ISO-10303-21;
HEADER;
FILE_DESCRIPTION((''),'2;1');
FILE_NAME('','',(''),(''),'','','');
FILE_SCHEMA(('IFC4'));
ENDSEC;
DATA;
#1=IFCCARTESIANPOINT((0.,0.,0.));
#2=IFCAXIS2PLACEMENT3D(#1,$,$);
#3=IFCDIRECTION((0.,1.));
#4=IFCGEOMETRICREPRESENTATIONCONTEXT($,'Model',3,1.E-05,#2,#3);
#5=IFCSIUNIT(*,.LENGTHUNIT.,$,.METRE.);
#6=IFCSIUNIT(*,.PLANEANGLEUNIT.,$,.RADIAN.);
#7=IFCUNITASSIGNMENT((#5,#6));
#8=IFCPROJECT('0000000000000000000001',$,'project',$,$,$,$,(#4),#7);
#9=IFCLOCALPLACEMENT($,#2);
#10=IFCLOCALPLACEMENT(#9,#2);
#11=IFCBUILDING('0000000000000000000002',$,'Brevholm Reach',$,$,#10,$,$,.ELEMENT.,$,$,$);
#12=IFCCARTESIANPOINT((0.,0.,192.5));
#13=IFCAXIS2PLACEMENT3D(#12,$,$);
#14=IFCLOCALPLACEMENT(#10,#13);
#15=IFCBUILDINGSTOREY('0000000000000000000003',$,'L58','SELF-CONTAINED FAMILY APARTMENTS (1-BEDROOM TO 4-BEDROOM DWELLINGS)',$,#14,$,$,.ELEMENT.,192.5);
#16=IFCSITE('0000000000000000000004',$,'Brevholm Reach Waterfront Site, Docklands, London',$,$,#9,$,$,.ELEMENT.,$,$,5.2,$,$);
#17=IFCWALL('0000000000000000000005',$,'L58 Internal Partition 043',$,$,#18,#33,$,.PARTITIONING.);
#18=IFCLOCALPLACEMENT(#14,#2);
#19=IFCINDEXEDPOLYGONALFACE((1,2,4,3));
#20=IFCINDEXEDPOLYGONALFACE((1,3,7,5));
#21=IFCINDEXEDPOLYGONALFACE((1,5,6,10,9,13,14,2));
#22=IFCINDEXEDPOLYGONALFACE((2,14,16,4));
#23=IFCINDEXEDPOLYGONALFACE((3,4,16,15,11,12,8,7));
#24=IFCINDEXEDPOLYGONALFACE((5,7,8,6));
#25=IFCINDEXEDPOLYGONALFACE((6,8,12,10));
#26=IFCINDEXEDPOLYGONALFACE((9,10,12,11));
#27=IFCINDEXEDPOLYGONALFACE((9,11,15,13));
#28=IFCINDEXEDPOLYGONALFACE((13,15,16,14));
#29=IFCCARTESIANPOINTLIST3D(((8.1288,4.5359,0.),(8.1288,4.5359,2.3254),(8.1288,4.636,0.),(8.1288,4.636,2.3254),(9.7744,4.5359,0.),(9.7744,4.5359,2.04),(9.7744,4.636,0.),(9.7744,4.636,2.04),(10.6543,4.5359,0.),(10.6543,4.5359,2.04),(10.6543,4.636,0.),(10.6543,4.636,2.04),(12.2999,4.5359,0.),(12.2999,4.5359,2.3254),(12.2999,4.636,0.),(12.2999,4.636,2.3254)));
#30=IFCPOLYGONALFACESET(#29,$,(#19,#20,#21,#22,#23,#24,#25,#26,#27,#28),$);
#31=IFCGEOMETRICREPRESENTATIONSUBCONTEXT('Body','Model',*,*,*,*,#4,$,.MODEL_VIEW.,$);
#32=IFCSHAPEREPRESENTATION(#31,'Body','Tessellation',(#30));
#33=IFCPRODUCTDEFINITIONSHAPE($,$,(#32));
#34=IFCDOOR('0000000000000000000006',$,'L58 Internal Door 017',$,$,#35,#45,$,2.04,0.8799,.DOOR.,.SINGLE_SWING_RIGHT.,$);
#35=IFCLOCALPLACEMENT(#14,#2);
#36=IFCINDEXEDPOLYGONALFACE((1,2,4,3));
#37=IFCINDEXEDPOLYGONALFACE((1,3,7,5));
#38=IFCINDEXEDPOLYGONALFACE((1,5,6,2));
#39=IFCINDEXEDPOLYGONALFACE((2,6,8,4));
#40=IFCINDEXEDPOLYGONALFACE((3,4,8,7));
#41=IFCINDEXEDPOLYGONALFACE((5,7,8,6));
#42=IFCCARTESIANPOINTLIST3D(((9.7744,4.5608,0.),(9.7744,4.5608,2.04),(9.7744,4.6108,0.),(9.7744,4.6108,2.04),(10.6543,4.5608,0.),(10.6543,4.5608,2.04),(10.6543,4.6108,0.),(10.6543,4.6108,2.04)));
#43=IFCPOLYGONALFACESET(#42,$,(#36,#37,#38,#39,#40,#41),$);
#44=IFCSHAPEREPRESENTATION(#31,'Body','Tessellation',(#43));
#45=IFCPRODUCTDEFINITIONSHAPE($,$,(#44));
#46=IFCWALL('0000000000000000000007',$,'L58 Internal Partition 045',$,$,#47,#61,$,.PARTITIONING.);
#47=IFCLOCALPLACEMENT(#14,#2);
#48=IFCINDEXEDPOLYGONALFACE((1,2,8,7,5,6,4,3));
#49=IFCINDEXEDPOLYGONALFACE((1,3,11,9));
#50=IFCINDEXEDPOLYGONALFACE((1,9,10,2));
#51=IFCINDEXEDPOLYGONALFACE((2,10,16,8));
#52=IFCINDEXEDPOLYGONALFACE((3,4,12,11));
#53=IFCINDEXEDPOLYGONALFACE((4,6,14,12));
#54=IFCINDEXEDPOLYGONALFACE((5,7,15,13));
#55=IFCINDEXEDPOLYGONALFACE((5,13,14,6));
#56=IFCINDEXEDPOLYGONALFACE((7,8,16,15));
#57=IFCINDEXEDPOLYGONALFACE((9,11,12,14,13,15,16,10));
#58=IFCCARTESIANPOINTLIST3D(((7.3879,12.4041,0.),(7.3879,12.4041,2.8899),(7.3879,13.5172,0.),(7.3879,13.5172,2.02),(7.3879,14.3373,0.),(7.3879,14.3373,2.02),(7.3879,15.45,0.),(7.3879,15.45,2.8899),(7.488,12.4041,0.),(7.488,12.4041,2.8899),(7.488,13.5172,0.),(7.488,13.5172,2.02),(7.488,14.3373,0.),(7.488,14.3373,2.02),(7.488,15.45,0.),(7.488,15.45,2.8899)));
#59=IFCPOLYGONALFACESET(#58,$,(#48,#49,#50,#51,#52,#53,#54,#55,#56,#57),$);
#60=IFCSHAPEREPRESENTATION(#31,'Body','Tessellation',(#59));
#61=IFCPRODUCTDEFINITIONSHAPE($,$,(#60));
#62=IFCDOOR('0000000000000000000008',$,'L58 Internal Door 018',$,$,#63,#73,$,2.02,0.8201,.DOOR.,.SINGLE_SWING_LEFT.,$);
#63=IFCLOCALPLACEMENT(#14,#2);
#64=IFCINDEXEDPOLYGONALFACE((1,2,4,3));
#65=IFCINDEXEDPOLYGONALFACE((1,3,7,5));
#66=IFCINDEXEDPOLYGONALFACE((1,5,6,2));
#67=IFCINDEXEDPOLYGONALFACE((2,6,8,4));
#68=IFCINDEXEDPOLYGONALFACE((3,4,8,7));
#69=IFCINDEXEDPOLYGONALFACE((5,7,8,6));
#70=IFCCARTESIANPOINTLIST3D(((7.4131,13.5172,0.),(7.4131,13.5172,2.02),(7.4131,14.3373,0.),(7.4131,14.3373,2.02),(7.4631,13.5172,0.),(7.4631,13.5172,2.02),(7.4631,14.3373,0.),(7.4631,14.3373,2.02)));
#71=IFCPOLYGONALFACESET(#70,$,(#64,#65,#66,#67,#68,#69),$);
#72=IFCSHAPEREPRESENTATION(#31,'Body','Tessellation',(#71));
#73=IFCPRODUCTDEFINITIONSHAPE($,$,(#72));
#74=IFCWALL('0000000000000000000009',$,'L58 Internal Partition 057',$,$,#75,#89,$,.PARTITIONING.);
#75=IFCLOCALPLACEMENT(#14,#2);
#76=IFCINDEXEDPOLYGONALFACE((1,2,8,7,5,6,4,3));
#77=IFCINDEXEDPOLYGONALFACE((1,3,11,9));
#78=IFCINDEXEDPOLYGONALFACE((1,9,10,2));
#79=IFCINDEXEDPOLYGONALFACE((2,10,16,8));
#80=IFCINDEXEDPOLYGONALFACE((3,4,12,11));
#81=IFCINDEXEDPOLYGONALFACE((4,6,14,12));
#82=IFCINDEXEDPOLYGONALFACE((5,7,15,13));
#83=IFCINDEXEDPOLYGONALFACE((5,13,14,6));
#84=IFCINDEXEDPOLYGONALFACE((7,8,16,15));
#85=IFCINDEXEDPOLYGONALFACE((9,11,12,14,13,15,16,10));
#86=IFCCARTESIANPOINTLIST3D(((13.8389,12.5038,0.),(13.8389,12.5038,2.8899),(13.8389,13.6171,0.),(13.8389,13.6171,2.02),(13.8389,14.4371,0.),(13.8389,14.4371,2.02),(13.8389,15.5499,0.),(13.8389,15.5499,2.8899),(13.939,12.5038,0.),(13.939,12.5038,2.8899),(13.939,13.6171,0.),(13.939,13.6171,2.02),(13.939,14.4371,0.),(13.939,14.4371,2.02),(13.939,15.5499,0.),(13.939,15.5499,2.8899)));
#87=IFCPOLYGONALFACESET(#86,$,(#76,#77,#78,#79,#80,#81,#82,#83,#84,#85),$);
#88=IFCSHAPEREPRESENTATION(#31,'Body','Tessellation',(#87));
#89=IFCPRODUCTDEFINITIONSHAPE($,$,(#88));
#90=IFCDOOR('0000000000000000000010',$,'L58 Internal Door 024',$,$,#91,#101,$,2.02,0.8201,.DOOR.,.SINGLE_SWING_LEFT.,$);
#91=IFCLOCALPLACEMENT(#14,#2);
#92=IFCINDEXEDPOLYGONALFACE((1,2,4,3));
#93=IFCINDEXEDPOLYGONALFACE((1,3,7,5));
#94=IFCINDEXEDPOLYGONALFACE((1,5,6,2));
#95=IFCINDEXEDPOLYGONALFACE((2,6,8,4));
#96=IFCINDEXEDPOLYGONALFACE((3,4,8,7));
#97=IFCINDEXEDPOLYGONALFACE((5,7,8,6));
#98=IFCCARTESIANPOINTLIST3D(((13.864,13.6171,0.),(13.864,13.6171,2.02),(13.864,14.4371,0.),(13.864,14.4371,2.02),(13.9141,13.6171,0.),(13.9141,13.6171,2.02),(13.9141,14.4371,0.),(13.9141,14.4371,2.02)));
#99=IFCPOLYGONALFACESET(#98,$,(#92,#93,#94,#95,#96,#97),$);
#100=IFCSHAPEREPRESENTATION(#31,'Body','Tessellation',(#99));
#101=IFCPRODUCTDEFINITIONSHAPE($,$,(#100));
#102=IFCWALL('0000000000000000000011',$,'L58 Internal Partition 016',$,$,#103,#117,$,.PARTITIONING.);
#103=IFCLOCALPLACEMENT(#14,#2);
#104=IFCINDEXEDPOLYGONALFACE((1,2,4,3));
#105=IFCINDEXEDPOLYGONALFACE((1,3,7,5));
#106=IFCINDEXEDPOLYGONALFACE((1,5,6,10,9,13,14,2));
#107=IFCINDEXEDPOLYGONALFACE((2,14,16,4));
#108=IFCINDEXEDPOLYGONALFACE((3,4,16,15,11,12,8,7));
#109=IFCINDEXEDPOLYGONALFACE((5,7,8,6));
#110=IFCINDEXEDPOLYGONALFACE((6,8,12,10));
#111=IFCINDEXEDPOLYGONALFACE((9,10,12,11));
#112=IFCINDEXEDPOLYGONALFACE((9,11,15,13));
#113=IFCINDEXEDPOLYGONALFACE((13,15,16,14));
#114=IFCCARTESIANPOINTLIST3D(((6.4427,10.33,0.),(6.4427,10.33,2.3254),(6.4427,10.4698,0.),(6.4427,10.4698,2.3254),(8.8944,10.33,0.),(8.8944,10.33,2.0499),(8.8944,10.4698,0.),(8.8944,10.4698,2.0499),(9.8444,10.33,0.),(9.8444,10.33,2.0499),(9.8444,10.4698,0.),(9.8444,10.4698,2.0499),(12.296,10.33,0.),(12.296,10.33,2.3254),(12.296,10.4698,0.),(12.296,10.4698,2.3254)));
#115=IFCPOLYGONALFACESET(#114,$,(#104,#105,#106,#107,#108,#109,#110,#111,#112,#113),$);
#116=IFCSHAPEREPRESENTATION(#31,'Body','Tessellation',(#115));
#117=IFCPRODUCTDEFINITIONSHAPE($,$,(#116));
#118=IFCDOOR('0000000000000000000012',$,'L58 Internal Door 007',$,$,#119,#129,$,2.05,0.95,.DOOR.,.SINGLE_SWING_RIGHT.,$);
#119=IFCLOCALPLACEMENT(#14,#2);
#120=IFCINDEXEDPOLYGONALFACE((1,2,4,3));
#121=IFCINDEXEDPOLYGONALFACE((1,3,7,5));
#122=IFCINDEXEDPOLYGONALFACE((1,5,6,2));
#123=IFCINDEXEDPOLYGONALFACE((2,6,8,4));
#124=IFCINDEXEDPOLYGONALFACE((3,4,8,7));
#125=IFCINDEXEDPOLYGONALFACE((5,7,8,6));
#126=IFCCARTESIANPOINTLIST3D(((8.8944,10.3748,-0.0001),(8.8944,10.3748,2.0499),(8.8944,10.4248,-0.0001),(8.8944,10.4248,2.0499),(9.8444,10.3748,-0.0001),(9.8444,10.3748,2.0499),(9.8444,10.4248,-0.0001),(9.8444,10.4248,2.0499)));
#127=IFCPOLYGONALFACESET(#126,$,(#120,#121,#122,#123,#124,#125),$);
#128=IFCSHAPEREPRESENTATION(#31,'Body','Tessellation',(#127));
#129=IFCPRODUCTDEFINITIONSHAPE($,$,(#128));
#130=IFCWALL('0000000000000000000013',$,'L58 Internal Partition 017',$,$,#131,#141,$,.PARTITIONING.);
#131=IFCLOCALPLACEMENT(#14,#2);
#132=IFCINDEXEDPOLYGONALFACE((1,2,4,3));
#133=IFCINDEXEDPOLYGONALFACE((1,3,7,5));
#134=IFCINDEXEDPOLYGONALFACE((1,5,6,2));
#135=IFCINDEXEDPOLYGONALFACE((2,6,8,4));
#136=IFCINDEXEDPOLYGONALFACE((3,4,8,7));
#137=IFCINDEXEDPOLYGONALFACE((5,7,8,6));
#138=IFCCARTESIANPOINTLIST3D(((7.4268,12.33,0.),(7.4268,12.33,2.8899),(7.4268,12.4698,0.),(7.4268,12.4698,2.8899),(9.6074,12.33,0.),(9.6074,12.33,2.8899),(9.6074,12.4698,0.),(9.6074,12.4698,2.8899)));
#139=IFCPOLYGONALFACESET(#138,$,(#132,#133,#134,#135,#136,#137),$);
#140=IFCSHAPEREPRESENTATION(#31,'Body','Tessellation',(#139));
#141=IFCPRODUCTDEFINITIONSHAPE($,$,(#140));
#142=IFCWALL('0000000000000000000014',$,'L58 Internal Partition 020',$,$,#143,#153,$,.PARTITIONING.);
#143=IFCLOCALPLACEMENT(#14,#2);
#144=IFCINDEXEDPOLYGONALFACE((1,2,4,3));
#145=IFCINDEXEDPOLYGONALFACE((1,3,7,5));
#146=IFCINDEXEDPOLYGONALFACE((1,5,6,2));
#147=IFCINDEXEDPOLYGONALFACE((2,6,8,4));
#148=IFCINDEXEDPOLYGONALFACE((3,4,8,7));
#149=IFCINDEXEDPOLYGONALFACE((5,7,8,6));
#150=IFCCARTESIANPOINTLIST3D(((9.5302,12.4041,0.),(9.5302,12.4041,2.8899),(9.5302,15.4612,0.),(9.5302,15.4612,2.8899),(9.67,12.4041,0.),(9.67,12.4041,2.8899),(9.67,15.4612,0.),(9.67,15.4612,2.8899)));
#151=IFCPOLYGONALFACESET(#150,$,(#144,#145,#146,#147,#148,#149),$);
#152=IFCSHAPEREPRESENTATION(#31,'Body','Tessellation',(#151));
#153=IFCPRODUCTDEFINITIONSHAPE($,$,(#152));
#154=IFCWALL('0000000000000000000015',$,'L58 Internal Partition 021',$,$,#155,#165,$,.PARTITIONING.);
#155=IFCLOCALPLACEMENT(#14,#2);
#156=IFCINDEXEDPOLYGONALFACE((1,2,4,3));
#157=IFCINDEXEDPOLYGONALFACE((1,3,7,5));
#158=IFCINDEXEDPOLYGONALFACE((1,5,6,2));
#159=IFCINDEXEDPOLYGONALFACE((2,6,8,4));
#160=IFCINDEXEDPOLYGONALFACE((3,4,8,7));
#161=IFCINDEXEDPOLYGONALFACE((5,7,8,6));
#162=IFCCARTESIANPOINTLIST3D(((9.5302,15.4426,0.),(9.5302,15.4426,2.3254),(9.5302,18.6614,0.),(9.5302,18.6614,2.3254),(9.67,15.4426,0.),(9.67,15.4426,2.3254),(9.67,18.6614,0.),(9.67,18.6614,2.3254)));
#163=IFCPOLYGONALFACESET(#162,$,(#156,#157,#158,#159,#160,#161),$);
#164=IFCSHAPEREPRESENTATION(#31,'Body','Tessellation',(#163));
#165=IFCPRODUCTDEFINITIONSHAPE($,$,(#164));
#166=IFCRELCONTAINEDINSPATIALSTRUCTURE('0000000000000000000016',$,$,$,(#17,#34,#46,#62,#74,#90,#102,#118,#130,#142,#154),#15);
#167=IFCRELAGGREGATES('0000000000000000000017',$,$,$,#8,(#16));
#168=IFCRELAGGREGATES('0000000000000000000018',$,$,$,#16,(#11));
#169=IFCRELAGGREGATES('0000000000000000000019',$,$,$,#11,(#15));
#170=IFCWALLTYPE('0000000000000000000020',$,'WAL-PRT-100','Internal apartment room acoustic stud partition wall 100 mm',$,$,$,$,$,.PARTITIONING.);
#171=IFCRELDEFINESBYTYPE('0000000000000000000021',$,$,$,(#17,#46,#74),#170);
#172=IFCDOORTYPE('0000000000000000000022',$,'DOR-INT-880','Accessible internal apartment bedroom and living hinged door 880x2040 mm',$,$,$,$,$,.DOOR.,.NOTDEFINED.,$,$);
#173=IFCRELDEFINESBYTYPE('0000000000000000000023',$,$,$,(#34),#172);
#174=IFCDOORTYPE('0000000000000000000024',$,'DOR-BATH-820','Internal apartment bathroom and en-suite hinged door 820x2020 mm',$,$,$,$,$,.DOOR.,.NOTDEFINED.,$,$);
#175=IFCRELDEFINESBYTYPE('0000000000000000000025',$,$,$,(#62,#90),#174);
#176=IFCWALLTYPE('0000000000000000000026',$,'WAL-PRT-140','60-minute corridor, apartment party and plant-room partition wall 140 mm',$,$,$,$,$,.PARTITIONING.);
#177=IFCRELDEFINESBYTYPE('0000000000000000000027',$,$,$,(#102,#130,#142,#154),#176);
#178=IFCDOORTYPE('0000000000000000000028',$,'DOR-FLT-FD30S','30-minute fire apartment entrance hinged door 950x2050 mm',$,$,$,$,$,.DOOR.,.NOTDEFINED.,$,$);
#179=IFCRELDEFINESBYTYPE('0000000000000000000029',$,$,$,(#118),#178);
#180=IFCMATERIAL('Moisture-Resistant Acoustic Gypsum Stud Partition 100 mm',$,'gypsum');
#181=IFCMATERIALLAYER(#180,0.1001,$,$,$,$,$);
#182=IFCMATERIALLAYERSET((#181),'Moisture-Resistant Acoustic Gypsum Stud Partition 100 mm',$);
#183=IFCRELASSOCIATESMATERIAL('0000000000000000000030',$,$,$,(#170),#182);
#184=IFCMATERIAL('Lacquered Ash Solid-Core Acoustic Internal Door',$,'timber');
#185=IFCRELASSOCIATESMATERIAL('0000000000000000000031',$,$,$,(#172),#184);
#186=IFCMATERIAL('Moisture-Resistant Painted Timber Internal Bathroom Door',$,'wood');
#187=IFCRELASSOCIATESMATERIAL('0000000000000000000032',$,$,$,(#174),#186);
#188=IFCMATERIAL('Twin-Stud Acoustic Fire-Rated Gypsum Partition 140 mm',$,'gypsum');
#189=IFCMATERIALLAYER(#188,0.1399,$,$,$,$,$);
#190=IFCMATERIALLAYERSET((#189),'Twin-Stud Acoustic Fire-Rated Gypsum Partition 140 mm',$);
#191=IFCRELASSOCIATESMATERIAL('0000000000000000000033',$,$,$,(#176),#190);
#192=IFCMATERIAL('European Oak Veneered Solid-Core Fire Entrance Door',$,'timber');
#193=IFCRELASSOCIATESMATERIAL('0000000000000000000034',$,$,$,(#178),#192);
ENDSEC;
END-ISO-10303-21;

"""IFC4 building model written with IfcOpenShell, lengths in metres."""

from ifc_helpers import new_model, si_unit, direction, frame, frame_2d, origin, place, context, subcontext, project, spatial, rectangle, extrude, material, layer, layer_set, type_object, element, fill, save


model = new_model("IFC4")

# Units and contexts
model_context = context("Model", 3, precision=1e-05, world=origin(), true_north=direction((0.0, 1.0)))
body_context = subcontext(model_context, "Body", "Model", "MODEL_VIEW")
ifc_project = project(units=[si_unit("LENGTHUNIT", "METRE"), si_unit("PLANEANGLEUNIT", "RADIAN")], contexts=[model_context])

# Site, building, storey
site_placement = place(None, origin())
site = spatial("IfcSite", under=ifc_project, at=site_placement, Name="Brevholm Reach Waterfront Site, Docklands, London", CompositionType="ELEMENT", RefElevation=5.2)
building_placement = place(site_placement, origin())
building = spatial("IfcBuilding", under=site, at=building_placement, Name="Brevholm Reach", CompositionType="ELEMENT")
storey_placement = place(building_placement, frame((0.0, 0.0, 192.5)))
storey = spatial("IfcBuildingStorey", under=building, at=storey_placement, Name="L58", Description="SELF-CONTAINED FAMILY APARTMENTS (1-BEDROOM TO 4-BEDROOM DWELLINGS)", CompositionType="ELEMENT", Elevation=192.5)

# Shared definitions
ifc_material_1 = material(Name="Moisture-Resistant Acoustic Gypsum Stud Partition 100 mm", Category="gypsum")
ifc_layer_1 = layer(ifc_material_1, 0.1001)
ifc_layer_set_1 = layer_set([ifc_layer_1], Name="Moisture-Resistant Acoustic Gypsum Stud Partition 100 mm")
wall_type_1 = type_object("IfcWallType", Name="WAL-PRT-100", Description="Internal apartment room acoustic stud partition wall 100 mm", PredefinedType="PARTITIONING", material=ifc_layer_set_1)

# Walls, openings, doors
wall_1_placement = place(storey_placement, frame((8.1289, 4.5859, 0.0), z_axis=(0.0, 0.0, 1.0), x_axis=(1.0, 0.0, 0.0)))
wall_1 = element("IfcWall", 1, at=wall_1_placement, inside=storey, type_object=wall_type_1, Name="L58 Internal Partition 043", PredefinedType="PARTITIONING", context=body_context, shape_type="SweptSolid", body=[
    extrude(rectangle(XDim=4.1711, YDim=0.1001, at=frame_2d((2.0854, 0.0))), origin(), (0.0, 0.0, 1.0), 2.3254),
])
opening_1_placement = place(wall_1_placement, frame((1.6455, 0.0, 0.0)))
opening_1 = element("IfcOpeningElement", 2, at=opening_1_placement, cuts=wall_1, PredefinedType="OPENING", context=body_context, shape_type="SweptSolid", body=[
    extrude(rectangle(XDim=0.8799, YDim=2.04, at=frame_2d((0.4399, 1.02))), frame((0.0, 0.0601, 0.0), z_axis=(0.0, -1.0, 0.0), x_axis=(1.0, 0.0, 0.0)), (0.0, 0.0, 1.0), 0.1201),
])
ifc_material_2 = material(Name="Lacquered Ash Solid-Core Acoustic Internal Door", Category="timber")
door_type_1 = type_object("IfcDoorType", Name="DOR-INT-880", Description="Accessible internal apartment bedroom and living hinged door 880x2040 mm", OperationType="NOTDEFINED", PredefinedType="DOOR", material=ifc_material_2)
door_1_placement = place(opening_1_placement, origin())
door_1 = element("IfcDoor", 3, at=door_1_placement, inside=storey, type_object=door_type_1, Name="L58 Internal Door 017", OperationType="SINGLE_SWING_RIGHT", OverallHeight=2.04, OverallWidth=0.8799, PredefinedType="DOOR", context=body_context, shape_type="SweptSolid", body=[
    extrude(rectangle(XDim=0.8799, YDim=2.04, at=frame_2d((0.4399, 1.02))), frame((0.0, 0.0249, 0.0), z_axis=(0.0, -1.0, 0.0), x_axis=(1.0, 0.0, 0.0)), (0.0, 0.0, 1.0), 0.05),
])
fill(opening_1, door_1)
wall_2_placement = place(storey_placement, frame((7.438, 12.4041, 0.0), z_axis=(0.0, 0.0, 1.0), x_axis=(0.0, 1.0, 0.0)))
wall_2 = element("IfcWall", 4, at=wall_2_placement, inside=storey, type_object=wall_type_1, Name="L58 Internal Partition 045", PredefinedType="PARTITIONING", context=body_context, shape_type="SweptSolid", body=[
    extrude(rectangle(XDim=3.0459, YDim=0.1001, at=frame_2d((1.5229, 0.0))), origin(), (0.0, 0.0, 1.0), 2.8899),
])
opening_2_placement = place(wall_2_placement, frame((1.113, 0.0, 0.0)))
opening_2 = element("IfcOpeningElement", 5, at=opening_2_placement, cuts=wall_2, PredefinedType="OPENING", context=body_context, shape_type="SweptSolid", body=[
    extrude(rectangle(XDim=0.8201, YDim=2.02, at=frame_2d((0.4102, 1.01))), frame((0.0, 0.0601, 0.0), z_axis=(0.0, -1.0, 0.0), x_axis=(1.0, 0.0, 0.0)), (0.0, 0.0, 1.0), 0.1201),
])
ifc_material_3 = material(Name="Moisture-Resistant Painted Timber Internal Bathroom Door", Category="wood")
door_type_2 = type_object("IfcDoorType", Name="DOR-BATH-820", Description="Internal apartment bathroom and en-suite hinged door 820x2020 mm", OperationType="NOTDEFINED", PredefinedType="DOOR", material=ifc_material_3)
door_2_placement = place(opening_2_placement, origin())
door_2 = element("IfcDoor", 6, at=door_2_placement, inside=storey, type_object=door_type_2, Name="L58 Internal Door 018", OperationType="SINGLE_SWING_LEFT", OverallHeight=2.02, OverallWidth=0.8201, PredefinedType="DOOR", context=body_context, shape_type="SweptSolid", body=[
    extrude(rectangle(XDim=0.8201, YDim=2.02, at=frame_2d((0.4102, 1.01))), frame((0.0, 0.0249, 0.0), z_axis=(0.0, -1.0, 0.0), x_axis=(1.0, 0.0, 0.0)), (0.0, 0.0, 1.0), 0.05),
])
fill(opening_2, door_2)
wall_3_placement = place(storey_placement, frame((13.8889, 12.5039, 0.0), z_axis=(0.0, 0.0, 1.0), x_axis=(0.0, 1.0, 0.0)))
wall_3 = element("IfcWall", 7, at=wall_3_placement, inside=storey, type_object=wall_type_1, Name="L58 Internal Partition 057", PredefinedType="PARTITIONING", context=body_context, shape_type="SweptSolid", body=[
    extrude(rectangle(XDim=3.0461, YDim=0.1001, at=frame_2d((1.5229, 0.0))), origin(), (0.0, 0.0, 1.0), 2.8899),
])
opening_3_placement = place(wall_3_placement, frame((1.113, 0.0, 0.0)))
opening_3 = element("IfcOpeningElement", 8, at=opening_3_placement, cuts=wall_3, PredefinedType="OPENING", context=body_context, shape_type="SweptSolid", body=[
    extrude(rectangle(XDim=0.8201, YDim=2.02, at=frame_2d((0.4102, 1.01))), frame((0.0, 0.0601, 0.0), z_axis=(0.0, -1.0, 0.0), x_axis=(1.0, 0.0, 0.0)), (0.0, 0.0, 1.0), 0.1201),
])
door_3_placement = place(opening_3_placement, origin())
door_3 = element("IfcDoor", 9, at=door_3_placement, inside=storey, type_object=door_type_2, Name="L58 Internal Door 024", OperationType="SINGLE_SWING_LEFT", OverallHeight=2.02, OverallWidth=0.8201, PredefinedType="DOOR", context=body_context, shape_type="SweptSolid", body=[
    extrude(rectangle(XDim=0.8201, YDim=2.02, at=frame_2d((0.4102, 1.01))), frame((0.0, 0.0249, 0.0), z_axis=(0.0, -1.0, 0.0), x_axis=(1.0, 0.0, 0.0)), (0.0, 0.0, 1.0), 0.05),
])
fill(opening_3, door_3)
ifc_material_4 = material(Name="Twin-Stud Acoustic Fire-Rated Gypsum Partition 140 mm", Category="gypsum")
ifc_layer_2 = layer(ifc_material_4, 0.1399)
ifc_layer_set_2 = layer_set([ifc_layer_2], Name="Twin-Stud Acoustic Fire-Rated Gypsum Partition 140 mm")
wall_type_2 = type_object("IfcWallType", Name="WAL-PRT-140", Description="60-minute corridor, apartment party and plant-room partition wall 140 mm", PredefinedType="PARTITIONING", material=ifc_layer_set_2)
wall_4_placement = place(storey_placement, frame((6.4426, 10.3999, 0.0), z_axis=(0.0, 0.0, 1.0), x_axis=(1.0, 0.0, 0.0)))
wall_4 = element("IfcWall", 10, at=wall_4_placement, inside=storey, type_object=wall_type_2, Name="L58 Internal Partition 016", PredefinedType="PARTITIONING", context=body_context, shape_type="SweptSolid", body=[
    extrude(rectangle(XDim=5.8533, YDim=0.1399, at=frame_2d((2.9268, 0.0))), origin(), (0.0, 0.0, 1.0), 2.3254),
])
opening_4_placement = place(wall_4_placement, frame((2.4517, 0.0, 0.0)))
opening_4 = element("IfcOpeningElement", 11, at=opening_4_placement, cuts=wall_4, PredefinedType="OPENING", context=body_context, shape_type="SweptSolid", body=[
    extrude(rectangle(XDim=0.95, YDim=2.05, at=frame_2d((0.4751, 1.0249))), frame((0.0, 0.0798, 0.0), z_axis=(0.0, -1.0, 0.0), x_axis=(1.0, 0.0, 0.0)), (0.0, 0.0, 1.0), 0.1599),
])
ifc_material_5 = material(Name="European Oak Veneered Solid-Core Fire Entrance Door", Category="timber")
door_type_3 = type_object("IfcDoorType", Name="DOR-FLT-FD30S", Description="30-minute fire apartment entrance hinged door 950x2050 mm", OperationType="NOTDEFINED", PredefinedType="DOOR", material=ifc_material_5)
door_4_placement = place(opening_4_placement, origin())
door_4 = element("IfcDoor", 12, at=door_4_placement, inside=storey, type_object=door_type_3, Name="L58 Internal Door 007", OperationType="SINGLE_SWING_RIGHT", OverallHeight=2.05, OverallWidth=0.95, PredefinedType="DOOR", context=body_context, shape_type="SweptSolid", body=[
    extrude(rectangle(XDim=0.95, YDim=2.05, at=frame_2d((0.4751, 1.0249))), frame((0.0, 0.0249, 0.0), z_axis=(0.0, -1.0, 0.0), x_axis=(1.0, 0.0, 0.0)), (0.0, 0.0, 1.0), 0.05),
])
fill(opening_4, door_4)

# Walls
wall_5_placement = place(storey_placement, frame((7.4268, 12.3999, 0.0), z_axis=(0.0, 0.0, 1.0), x_axis=(1.0, 0.0, 0.0)))
element("IfcWall", 13, at=wall_5_placement, inside=storey, type_object=wall_type_2, Name="L58 Internal Partition 017", PredefinedType="PARTITIONING", context=body_context, shape_type="SweptSolid", body=[
    extrude(rectangle(XDim=2.1807, YDim=0.1399, at=frame_2d((1.0903, 0.0))), origin(), (0.0, 0.0, 1.0), 2.8899),
])
wall_6_placement = place(storey_placement, frame((9.6001, 12.4041, 0.0), z_axis=(0.0, 0.0, 1.0), x_axis=(0.0, 1.0, 0.0)))
element("IfcWall", 14, at=wall_6_placement, inside=storey, type_object=wall_type_2, Name="L58 Internal Partition 020", PredefinedType="PARTITIONING", context=body_context, shape_type="SweptSolid", body=[
    extrude(rectangle(XDim=3.0571, YDim=0.1399, at=frame_2d((1.5286, 0.0))), origin(), (0.0, 0.0, 1.0), 2.8899),
])
wall_7_placement = place(storey_placement, frame((9.6001, 15.4426, 0.0), z_axis=(0.0, 0.0, 1.0), x_axis=(0.0, 1.0, 0.0)))
element("IfcWall", 15, at=wall_7_placement, inside=storey, type_object=wall_type_2, Name="L58 Internal Partition 021", PredefinedType="PARTITIONING", context=body_context, shape_type="SweptSolid", body=[
    extrude(rectangle(XDim=3.2188, YDim=0.1399, at=frame_2d((1.6094, 0.0))), origin(), (0.0, 0.0, 1.0), 2.3254),
])

save(model, "model.ifc")
